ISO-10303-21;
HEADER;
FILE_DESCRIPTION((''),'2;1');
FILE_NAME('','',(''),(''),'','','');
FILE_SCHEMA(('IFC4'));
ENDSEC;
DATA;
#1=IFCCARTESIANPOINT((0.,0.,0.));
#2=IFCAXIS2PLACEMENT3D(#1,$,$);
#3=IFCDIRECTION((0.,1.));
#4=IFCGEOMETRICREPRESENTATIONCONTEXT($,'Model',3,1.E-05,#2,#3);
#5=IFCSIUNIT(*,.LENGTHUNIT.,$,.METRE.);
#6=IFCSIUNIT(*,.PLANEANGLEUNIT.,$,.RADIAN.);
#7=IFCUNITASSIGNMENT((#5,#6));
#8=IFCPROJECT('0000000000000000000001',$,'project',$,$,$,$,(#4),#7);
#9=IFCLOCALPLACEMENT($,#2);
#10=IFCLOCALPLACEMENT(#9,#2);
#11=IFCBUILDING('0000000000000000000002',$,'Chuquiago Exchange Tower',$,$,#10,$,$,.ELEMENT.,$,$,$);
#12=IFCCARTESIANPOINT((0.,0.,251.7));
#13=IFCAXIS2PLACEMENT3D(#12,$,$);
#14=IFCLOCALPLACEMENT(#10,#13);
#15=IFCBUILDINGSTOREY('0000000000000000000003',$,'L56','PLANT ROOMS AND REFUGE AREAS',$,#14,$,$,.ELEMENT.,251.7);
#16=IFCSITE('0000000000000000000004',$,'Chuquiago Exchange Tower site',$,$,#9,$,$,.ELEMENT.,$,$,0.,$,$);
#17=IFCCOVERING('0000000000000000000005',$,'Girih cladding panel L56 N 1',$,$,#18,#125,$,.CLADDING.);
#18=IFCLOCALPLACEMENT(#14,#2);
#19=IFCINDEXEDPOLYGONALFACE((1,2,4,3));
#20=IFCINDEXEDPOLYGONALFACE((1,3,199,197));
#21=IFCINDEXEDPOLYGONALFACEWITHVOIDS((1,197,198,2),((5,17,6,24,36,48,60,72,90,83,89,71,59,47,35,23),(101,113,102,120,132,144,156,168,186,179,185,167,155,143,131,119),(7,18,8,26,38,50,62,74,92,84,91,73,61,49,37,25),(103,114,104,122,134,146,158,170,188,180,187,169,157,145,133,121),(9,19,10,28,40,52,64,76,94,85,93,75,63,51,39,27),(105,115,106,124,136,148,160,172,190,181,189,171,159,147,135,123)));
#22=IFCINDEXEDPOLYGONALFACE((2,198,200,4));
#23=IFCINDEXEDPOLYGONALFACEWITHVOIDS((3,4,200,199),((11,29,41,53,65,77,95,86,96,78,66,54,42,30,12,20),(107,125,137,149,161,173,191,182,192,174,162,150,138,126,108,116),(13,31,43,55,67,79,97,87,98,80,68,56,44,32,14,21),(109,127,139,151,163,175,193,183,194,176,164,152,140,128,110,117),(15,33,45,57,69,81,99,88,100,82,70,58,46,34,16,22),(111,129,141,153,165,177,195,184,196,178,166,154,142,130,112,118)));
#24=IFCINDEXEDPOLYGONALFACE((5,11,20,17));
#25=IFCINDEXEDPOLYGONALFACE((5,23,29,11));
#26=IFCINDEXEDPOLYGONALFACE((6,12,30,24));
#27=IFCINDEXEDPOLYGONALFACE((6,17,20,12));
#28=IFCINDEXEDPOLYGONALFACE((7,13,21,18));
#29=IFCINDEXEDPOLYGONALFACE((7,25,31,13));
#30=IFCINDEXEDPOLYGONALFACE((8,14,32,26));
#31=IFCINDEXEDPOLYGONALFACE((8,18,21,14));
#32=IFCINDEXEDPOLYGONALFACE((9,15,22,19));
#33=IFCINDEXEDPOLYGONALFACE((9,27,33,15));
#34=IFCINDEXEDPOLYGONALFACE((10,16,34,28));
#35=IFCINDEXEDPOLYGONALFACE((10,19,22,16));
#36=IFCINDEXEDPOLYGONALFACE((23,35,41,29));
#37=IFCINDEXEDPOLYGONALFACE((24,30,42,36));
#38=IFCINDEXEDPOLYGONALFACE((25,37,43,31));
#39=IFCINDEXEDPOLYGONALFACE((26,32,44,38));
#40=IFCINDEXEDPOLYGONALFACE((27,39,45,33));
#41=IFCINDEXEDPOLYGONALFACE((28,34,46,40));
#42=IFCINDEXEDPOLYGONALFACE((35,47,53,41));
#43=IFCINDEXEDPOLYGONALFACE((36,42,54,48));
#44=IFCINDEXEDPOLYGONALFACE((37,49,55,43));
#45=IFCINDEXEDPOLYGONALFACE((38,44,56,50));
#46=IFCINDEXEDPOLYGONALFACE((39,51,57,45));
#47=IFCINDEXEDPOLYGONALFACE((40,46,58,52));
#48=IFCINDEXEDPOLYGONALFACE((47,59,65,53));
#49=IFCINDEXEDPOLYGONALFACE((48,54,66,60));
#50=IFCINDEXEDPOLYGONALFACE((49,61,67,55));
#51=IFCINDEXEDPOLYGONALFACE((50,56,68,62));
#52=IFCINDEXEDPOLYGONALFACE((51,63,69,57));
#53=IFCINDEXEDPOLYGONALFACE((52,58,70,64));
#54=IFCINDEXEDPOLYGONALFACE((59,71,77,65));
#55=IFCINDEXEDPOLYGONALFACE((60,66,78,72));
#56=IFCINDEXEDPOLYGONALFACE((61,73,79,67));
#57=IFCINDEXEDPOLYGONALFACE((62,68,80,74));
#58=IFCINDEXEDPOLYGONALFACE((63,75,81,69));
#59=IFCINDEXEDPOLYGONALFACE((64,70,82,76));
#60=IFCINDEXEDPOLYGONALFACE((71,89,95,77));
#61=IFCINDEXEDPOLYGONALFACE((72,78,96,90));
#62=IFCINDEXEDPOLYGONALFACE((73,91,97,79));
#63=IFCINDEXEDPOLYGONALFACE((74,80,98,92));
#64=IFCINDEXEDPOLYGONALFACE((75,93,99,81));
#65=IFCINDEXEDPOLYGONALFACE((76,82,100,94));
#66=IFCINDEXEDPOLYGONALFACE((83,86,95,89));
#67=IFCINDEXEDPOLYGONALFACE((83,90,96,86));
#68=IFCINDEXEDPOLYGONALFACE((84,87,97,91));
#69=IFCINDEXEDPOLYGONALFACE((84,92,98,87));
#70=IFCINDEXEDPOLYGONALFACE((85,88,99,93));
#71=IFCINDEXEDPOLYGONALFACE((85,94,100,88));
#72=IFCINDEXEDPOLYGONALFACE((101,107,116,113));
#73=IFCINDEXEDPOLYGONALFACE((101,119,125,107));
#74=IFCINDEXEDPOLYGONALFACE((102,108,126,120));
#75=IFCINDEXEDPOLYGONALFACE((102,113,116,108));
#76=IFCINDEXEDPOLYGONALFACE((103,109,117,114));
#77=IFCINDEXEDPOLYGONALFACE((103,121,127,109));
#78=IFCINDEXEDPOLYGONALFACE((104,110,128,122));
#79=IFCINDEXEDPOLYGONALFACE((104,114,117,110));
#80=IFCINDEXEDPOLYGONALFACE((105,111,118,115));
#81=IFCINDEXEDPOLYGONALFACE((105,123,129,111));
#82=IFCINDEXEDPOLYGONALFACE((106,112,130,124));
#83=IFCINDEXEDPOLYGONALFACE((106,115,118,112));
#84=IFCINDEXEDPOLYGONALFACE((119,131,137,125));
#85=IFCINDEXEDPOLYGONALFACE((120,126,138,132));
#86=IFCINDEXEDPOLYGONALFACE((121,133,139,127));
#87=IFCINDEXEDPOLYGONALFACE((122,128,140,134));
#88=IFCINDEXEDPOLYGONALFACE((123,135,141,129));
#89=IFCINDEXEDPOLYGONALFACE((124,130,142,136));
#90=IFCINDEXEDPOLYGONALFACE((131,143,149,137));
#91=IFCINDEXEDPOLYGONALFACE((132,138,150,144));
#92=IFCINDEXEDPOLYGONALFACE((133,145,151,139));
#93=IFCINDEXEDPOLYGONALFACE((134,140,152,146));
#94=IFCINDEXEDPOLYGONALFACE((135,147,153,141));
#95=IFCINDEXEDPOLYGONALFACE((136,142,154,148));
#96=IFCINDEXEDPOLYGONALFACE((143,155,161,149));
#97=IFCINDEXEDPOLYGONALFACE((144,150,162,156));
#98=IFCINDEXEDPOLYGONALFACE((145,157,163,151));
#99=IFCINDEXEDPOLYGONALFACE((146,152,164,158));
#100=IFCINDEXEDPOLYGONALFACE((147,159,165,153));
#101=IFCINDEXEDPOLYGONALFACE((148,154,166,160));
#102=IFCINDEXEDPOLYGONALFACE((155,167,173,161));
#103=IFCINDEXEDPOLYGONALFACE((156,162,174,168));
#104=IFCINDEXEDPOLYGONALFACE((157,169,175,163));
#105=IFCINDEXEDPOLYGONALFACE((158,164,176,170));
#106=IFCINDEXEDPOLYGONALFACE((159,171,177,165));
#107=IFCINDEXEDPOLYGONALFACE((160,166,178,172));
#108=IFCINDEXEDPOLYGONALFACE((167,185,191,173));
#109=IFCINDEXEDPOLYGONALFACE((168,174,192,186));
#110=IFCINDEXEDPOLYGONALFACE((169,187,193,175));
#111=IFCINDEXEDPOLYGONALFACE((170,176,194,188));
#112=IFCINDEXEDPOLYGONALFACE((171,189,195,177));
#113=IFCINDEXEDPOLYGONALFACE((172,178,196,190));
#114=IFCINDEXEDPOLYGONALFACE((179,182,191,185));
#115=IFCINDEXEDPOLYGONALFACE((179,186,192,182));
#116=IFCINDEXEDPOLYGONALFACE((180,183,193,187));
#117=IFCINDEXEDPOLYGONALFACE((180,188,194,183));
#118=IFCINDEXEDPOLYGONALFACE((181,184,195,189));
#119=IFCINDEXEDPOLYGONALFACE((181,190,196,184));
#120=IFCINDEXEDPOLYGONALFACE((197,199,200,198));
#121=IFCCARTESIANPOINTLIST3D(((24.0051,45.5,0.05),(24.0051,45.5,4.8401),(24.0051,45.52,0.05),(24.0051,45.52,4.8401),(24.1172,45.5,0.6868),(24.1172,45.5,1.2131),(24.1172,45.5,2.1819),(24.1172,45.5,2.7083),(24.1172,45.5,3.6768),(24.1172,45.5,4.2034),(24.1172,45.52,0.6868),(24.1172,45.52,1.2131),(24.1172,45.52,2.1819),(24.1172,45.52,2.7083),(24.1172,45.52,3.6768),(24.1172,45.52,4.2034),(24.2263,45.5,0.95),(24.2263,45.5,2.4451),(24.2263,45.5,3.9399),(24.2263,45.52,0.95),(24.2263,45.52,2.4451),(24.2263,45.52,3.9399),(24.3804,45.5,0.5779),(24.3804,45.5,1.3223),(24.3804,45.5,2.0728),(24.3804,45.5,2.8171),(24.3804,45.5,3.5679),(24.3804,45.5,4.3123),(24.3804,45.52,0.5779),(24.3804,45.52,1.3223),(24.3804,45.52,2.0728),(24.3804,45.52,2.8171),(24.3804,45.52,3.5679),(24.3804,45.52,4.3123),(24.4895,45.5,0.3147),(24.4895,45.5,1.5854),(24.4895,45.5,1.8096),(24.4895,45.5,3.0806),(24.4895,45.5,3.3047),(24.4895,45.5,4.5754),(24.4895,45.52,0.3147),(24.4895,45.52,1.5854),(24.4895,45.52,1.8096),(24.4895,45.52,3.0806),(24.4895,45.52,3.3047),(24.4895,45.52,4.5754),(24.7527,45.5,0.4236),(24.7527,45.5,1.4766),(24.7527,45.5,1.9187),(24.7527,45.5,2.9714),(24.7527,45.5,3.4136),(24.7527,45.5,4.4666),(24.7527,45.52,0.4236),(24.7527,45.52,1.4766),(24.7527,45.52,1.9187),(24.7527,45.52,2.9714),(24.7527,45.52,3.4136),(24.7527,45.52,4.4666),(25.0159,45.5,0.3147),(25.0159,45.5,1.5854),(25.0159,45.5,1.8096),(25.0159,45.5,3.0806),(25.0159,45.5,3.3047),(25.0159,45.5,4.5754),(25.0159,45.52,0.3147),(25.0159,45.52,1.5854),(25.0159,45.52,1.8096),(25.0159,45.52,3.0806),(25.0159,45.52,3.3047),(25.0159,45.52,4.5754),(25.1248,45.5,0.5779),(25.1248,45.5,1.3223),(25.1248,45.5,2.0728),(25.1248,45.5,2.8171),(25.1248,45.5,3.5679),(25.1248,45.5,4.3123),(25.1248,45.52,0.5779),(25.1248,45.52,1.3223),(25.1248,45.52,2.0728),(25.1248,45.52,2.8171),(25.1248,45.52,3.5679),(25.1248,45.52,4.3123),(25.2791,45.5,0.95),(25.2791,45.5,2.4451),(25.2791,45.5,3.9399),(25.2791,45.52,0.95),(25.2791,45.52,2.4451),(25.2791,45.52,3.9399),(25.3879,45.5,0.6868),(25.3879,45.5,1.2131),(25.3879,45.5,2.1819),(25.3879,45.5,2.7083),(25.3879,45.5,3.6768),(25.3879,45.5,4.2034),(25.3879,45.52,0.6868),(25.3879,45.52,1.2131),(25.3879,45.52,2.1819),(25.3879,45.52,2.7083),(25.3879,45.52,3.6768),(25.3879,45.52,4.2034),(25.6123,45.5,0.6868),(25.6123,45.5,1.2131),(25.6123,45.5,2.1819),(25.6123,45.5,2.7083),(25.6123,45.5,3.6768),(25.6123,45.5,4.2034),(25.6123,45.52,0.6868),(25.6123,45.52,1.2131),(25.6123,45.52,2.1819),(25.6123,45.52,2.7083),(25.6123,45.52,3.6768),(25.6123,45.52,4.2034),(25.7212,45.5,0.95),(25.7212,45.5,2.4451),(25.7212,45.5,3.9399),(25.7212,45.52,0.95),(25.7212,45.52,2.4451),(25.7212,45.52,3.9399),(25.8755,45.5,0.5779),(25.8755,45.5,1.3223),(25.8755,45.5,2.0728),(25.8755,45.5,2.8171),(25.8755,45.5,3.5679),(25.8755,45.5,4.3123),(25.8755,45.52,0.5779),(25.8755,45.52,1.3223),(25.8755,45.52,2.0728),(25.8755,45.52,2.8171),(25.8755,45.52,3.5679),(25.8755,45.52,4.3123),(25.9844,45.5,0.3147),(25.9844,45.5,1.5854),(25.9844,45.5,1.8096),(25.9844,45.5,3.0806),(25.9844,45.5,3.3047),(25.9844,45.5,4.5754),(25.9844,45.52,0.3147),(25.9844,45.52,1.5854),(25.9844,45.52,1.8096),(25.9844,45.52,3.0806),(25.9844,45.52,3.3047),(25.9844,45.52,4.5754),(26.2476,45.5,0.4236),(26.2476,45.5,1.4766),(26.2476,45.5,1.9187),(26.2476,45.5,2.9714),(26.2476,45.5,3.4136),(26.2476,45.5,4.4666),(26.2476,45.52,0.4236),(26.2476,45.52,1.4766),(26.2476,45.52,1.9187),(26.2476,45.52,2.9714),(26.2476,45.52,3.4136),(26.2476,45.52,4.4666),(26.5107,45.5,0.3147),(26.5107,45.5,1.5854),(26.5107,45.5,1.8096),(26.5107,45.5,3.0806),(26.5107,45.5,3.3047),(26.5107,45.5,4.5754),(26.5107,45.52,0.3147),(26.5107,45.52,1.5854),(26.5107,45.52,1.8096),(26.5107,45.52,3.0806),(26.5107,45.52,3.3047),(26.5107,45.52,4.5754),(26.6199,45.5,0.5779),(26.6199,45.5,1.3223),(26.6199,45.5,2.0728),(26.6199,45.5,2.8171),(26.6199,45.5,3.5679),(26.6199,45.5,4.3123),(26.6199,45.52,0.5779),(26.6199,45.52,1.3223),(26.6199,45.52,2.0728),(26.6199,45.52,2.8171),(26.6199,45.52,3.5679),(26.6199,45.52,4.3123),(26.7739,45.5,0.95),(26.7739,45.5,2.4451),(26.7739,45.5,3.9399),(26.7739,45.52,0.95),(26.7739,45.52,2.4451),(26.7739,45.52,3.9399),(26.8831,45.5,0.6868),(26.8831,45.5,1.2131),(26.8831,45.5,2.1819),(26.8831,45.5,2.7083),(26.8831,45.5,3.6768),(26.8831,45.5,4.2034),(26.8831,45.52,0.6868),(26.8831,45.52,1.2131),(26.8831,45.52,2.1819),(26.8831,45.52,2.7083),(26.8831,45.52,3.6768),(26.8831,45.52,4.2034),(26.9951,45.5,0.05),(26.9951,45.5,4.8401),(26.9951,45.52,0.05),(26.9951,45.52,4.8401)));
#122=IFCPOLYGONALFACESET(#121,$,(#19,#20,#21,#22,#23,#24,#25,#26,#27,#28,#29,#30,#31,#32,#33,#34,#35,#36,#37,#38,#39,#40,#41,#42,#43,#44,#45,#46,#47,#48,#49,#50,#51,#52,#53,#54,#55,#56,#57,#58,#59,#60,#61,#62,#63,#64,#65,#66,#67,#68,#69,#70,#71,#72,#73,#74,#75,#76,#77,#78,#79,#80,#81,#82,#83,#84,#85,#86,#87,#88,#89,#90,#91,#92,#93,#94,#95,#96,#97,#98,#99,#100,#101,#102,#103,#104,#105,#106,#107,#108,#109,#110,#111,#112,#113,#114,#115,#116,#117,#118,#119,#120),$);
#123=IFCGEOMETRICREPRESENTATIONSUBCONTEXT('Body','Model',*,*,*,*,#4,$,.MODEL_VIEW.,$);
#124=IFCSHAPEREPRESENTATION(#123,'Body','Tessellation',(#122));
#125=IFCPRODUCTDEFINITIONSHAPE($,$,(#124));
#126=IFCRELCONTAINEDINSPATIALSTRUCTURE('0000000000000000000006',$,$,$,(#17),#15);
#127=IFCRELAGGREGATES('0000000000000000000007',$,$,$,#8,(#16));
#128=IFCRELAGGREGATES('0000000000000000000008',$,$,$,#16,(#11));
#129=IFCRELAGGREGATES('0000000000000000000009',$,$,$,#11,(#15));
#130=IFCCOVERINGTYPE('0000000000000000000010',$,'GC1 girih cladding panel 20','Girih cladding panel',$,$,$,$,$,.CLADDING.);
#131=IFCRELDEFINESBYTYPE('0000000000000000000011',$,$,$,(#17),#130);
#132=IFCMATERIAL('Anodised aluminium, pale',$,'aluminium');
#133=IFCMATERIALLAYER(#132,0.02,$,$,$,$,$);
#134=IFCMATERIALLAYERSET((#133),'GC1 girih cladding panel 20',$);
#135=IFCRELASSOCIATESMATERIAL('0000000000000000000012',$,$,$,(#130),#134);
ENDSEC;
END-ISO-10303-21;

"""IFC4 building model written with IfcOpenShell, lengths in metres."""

from ifc_helpers import new_model, si_unit, direction, frame, origin, place, context, subcontext, project, spatial, polyline, outline, extrude, material, layer, layer_set, type_object, element, save


model = new_model("IFC4")

# Units and contexts
model_context = context("Model", 3, precision=1e-05, world=origin(), true_north=direction((0.0, 1.0)))
body_context = subcontext(model_context, "Body", "Model", "MODEL_VIEW")
ifc_project = project(units=[si_unit("LENGTHUNIT", "METRE"), si_unit("PLANEANGLEUNIT", "RADIAN")], contexts=[model_context])

# Site, building, storey
site_placement = place(None, origin())
site = spatial("IfcSite", under=ifc_project, at=site_placement, Name="Chuquiago Exchange Tower site", CompositionType="ELEMENT", RefElevation=0.0)
building_placement = place(site_placement, origin())
building = spatial("IfcBuilding", under=site, at=building_placement, Name="Chuquiago Exchange Tower", CompositionType="ELEMENT")
storey_placement = place(building_placement, frame((0.0, 0.0, 251.7)))
storey = spatial("IfcBuildingStorey", under=building, at=storey_placement, Name="L56", Description="PLANT ROOMS AND REFUGE AREAS", CompositionType="ELEMENT", Elevation=251.7)

# Covering
ifc_material_1 = material(Name="Anodised aluminium, pale", Category="aluminium")
ifc_layer_1 = layer(ifc_material_1, 0.02)
ifc_layer_set_1 = layer_set([ifc_layer_1], Name="GC1 girih cladding panel 20")
covering_type = type_object("IfcCoveringType", Name="GC1 girih cladding panel 20", Description="Girih cladding panel", PredefinedType="CLADDING", material=ifc_layer_set_1)
covering_1_placement = place(storey_placement, frame((26.9951, 45.5, 0.05), z_axis=(0.0, 0.0, 1.0), x_axis=(-1.0, 0.0, 0.0)))
element("IfcCovering", 1, at=covering_1_placement, inside=storey, type_object=covering_type, Name="Girih cladding panel L56 N 1", PredefinedType="CLADDING", context=body_context, shape_type="SweptSolid", body=[
    extrude(outline(polyline([(0.0, 0.0), (2.99, 0.0), (2.99, 4.79), (0.0, 4.79), (0.0, 0.0)]), holes=[polyline([(1.2739, 0.8999), (1.3828, 1.1631), (1.1196, 1.2722), (1.0107, 1.5354), (0.7476, 1.4265), (0.4844, 1.5354), (0.3752, 1.2722), (0.1121, 1.1631), (0.2212, 0.8999), (0.1121, 0.6367), (0.3752, 0.5278), (0.4844, 0.2646), (0.7476, 0.3735), (1.0107, 0.2646), (1.1196, 0.5278), (1.3828, 0.6367), (1.2739, 0.8999)]), polyline([(2.7688, 0.8999), (2.8779, 1.1631), (2.6147, 1.2722), (2.5056, 1.5354), (2.2424, 1.4265), (1.9792, 1.5354), (1.8704, 1.2722), (1.6072, 1.1631), (1.7161, 0.8999), (1.6072, 0.6367), (1.8704, 0.5278), (1.9792, 0.2646), (2.2424, 0.3735), (2.5056, 0.2646), (2.6147, 0.5278), (2.8779, 0.6367), (2.7688, 0.8999)]), polyline([(1.2739, 2.395), (1.3828, 2.6582), (1.1196, 2.7671), (1.0107, 3.0305), (0.7476, 2.9214), (0.4844, 3.0305), (0.3752, 2.7671), (0.1121, 2.6582), (0.2212, 2.395), (0.1121, 2.1318), (0.3752, 2.0227), (0.4844, 1.7595), (0.7476, 1.8687), (1.0107, 1.7595), (1.1196, 2.0227), (1.3828, 2.1318), (1.2739, 2.395)]), polyline([(2.7688, 2.395), (2.8779, 2.6582), (2.6147, 2.7671), (2.5056, 3.0305), (2.2424, 2.9214), (1.9792, 3.0305), (1.8704, 2.7671), (1.6072, 2.6582), (1.7161, 2.395), (1.6072, 2.1318), (1.8704, 2.0227), (1.9792, 1.7595), (2.2424, 1.8687), (2.5056, 1.7595), (2.6147, 2.0227), (2.8779, 2.1318), (2.7688, 2.395)]), polyline([(1.2739, 3.8899), (1.3828, 4.1533), (1.1196, 4.2622), (1.0107, 4.5254), (0.7476, 4.4165), (0.4844, 4.5254), (0.3752, 4.2622), (0.1121, 4.1533), (0.2212, 3.8899), (0.1121, 3.6267), (0.3752, 3.5178), (0.4844, 3.2546), (0.7476, 3.3635), (1.0107, 3.2546), (1.1196, 3.5178), (1.3828, 3.6267), (1.2739, 3.8899)]), polyline([(2.7688, 3.8899), (2.8779, 4.1533), (2.6147, 4.2622), (2.5056, 4.5254), (2.2424, 4.4165), (1.9792, 4.5254), (1.8704, 4.2622), (1.6072, 4.1533), (1.7161, 3.8899), (1.6072, 3.6267), (1.8704, 3.5178), (1.9792, 3.2546), (2.2424, 3.3635), (2.5056, 3.2546), (2.6147, 3.5178), (2.8779, 3.6267), (2.7688, 3.8899)])]), frame((0.0, 0.0, 0.0), z_axis=(0.0, -1.0, 0.0), x_axis=(1.0, 0.0, 0.0)), (0.0, 0.0, 1.0), 0.02),
])

save(model, "model.ifc")
